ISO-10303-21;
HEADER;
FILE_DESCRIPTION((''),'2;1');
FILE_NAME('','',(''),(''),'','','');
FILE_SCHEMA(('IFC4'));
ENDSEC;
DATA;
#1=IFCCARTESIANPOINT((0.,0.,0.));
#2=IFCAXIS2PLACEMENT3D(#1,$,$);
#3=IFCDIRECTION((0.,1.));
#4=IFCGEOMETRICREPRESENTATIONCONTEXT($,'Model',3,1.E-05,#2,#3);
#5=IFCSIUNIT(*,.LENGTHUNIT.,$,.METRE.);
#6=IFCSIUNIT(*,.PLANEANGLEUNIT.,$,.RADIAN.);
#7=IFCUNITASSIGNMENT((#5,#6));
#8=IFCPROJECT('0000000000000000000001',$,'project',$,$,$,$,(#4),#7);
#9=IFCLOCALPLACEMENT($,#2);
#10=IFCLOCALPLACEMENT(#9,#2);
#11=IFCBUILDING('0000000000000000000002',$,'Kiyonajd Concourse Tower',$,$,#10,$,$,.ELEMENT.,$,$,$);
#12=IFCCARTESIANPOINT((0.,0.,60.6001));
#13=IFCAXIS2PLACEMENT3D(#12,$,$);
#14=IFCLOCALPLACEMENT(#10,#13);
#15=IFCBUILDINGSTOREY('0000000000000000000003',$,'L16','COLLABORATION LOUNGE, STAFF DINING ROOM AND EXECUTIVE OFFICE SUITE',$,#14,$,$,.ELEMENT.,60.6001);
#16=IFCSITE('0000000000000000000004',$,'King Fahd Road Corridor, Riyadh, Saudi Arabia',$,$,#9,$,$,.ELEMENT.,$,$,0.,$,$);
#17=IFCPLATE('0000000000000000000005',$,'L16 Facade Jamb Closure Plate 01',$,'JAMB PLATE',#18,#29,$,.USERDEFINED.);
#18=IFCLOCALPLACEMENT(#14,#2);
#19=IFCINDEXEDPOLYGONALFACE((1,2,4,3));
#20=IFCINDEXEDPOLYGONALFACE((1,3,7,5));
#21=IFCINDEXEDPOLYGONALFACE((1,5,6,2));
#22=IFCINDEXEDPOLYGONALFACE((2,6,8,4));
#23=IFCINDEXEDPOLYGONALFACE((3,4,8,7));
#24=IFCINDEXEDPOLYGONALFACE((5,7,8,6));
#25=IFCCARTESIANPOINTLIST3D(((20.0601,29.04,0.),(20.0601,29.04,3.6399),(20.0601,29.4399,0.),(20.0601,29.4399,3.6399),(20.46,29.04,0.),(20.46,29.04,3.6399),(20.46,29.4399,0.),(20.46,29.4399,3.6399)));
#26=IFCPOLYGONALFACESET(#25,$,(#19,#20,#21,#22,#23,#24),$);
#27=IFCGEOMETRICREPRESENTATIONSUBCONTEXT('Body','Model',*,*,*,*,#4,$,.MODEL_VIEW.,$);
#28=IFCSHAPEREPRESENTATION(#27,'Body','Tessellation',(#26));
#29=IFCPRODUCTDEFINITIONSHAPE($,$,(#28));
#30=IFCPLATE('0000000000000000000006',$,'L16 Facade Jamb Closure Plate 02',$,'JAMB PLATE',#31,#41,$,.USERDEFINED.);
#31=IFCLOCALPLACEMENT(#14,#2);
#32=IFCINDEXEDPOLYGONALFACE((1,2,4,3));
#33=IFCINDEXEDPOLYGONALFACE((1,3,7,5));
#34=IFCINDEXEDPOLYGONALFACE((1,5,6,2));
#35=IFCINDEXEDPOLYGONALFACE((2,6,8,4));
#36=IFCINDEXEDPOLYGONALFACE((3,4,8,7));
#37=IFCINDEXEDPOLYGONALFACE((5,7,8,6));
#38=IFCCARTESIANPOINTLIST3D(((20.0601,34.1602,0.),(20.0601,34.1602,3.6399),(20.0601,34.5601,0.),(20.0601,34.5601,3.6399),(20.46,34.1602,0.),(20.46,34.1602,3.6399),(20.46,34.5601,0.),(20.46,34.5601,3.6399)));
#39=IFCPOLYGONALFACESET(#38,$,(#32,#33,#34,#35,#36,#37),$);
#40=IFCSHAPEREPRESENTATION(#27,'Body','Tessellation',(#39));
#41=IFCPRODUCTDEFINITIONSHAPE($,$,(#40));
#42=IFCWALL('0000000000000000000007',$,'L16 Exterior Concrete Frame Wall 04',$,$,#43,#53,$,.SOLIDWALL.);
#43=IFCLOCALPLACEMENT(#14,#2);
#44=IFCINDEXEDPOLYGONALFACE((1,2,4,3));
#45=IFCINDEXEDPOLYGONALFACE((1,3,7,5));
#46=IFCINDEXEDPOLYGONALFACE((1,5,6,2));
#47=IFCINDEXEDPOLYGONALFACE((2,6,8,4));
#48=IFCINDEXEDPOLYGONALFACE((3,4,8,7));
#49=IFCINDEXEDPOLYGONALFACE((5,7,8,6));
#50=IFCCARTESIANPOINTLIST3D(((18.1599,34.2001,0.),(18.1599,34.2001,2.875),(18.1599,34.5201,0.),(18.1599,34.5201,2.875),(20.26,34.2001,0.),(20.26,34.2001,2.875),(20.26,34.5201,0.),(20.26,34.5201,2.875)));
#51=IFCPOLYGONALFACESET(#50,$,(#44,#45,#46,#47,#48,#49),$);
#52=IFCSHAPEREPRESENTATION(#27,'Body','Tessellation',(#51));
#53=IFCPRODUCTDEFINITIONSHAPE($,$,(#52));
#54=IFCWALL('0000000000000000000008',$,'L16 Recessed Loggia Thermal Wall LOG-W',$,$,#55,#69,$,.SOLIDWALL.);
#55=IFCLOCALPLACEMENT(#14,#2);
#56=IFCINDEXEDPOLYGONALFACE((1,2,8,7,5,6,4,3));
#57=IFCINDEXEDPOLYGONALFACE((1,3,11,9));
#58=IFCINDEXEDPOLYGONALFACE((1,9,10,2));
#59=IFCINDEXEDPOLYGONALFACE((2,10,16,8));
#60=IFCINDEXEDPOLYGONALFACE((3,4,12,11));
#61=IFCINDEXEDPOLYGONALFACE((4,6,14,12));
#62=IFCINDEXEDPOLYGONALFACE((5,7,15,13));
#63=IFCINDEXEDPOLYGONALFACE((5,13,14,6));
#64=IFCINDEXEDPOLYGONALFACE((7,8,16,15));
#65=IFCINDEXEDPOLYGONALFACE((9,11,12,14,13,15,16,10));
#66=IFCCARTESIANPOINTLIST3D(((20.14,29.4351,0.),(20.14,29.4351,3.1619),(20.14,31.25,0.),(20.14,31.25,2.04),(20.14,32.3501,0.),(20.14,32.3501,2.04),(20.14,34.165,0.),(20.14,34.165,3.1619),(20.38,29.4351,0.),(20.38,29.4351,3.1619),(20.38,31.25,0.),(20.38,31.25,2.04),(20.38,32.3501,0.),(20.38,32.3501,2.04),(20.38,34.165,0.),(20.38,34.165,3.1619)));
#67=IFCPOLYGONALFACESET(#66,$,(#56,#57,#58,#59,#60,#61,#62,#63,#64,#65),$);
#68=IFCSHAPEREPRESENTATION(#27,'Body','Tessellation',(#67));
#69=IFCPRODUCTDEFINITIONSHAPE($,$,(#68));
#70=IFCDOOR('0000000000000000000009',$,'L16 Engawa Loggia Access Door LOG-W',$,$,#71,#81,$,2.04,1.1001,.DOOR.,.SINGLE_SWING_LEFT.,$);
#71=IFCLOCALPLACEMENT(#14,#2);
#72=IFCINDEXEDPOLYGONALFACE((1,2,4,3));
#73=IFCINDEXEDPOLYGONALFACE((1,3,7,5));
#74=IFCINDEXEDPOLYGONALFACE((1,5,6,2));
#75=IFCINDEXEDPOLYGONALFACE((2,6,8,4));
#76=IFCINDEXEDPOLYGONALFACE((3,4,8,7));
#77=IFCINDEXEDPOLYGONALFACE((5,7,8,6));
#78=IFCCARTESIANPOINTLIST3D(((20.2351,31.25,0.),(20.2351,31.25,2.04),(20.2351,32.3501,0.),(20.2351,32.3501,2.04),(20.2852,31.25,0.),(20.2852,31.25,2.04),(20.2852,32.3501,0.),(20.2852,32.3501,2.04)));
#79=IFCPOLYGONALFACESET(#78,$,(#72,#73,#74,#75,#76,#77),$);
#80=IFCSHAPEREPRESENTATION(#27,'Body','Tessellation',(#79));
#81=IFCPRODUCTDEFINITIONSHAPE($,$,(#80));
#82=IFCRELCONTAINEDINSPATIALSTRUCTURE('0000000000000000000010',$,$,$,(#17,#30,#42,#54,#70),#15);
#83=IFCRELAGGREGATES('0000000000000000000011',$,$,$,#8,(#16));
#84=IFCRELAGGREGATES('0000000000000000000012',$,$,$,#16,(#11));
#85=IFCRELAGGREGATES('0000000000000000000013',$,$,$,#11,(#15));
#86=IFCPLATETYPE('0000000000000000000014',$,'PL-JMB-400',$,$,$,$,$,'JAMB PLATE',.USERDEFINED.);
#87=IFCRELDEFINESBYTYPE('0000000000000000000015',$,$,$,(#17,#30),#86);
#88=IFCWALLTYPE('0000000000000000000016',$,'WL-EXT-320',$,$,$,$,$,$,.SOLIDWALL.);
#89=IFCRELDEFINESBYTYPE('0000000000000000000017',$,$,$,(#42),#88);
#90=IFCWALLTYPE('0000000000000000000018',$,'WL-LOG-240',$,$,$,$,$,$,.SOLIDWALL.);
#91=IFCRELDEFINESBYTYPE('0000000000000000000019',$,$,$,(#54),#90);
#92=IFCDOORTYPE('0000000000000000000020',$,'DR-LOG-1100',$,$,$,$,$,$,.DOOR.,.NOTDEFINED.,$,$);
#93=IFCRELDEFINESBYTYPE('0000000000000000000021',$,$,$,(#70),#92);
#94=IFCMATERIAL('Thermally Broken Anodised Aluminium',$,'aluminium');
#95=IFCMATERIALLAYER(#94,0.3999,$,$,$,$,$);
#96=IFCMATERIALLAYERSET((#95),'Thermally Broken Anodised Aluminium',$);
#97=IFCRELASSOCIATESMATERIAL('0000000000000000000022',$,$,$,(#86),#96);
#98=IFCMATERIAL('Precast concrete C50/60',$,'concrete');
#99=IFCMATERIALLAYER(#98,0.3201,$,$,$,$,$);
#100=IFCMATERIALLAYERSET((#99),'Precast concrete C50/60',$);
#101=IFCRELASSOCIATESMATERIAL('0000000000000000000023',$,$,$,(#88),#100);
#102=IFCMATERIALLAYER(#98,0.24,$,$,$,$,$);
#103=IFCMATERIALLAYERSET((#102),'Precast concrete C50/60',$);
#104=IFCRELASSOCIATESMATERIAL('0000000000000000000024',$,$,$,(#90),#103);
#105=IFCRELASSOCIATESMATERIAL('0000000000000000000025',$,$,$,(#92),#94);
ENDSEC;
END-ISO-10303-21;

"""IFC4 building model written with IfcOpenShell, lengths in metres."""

from ifc_helpers import new_model, si_unit, direction, frame, frame_2d, origin, origin_2d, place, context, subcontext, project, spatial, rectangle, extrude, material, layer, layer_set, type_object, element, fill, save


model = new_model("IFC4")

# Units and contexts
model_context = context("Model", 3, precision=1e-05, world=origin(), true_north=direction((0.0, 1.0)))
body_context = subcontext(model_context, "Body", "Model", "MODEL_VIEW")
ifc_project = project(units=[si_unit("LENGTHUNIT", "METRE"), si_unit("PLANEANGLEUNIT", "RADIAN")], contexts=[model_context])

# Site, building, storey
site_placement = place(None, origin())
site = spatial("IfcSite", under=ifc_project, at=site_placement, Name="King Fahd Road Corridor, Riyadh, Saudi Arabia", CompositionType="ELEMENT", RefElevation=0.0)
building_placement = place(site_placement, origin())
building = spatial("IfcBuilding", under=site, at=building_placement, Name="Kiyonajd Concourse Tower", CompositionType="ELEMENT")
storey_placement = place(building_placement, frame((0.0, 0.0, 60.6001)))
storey = spatial("IfcBuildingStorey", under=building, at=storey_placement, Name="L16", Description="COLLABORATION LOUNGE, STAFF DINING ROOM AND EXECUTIVE OFFICE SUITE", CompositionType="ELEMENT", Elevation=60.6001)

# Shared definitions
ifc_material_1 = material(Name="Precast concrete C50/60", Category="concrete")

# Plates
ifc_material_2 = material(Name="Thermally Broken Anodised Aluminium", Category="aluminium")
ifc_layer_1 = layer(ifc_material_2, 0.3999)
ifc_layer_set_1 = layer_set([ifc_layer_1], Name="Thermally Broken Anodised Aluminium")
plate_type_1 = type_object("IfcPlateType", Name="PL-JMB-400", ElementType="JAMB PLATE", PredefinedType="USERDEFINED", material=ifc_layer_set_1)
for number, where, z_axis, x_axis, name in (
    (1, (20.26, 29.24, 0.0), (0.0, 0.0, 1.0), (1.0, 0.0, 0.0), "L16 Facade Jamb Closure Plate 01"),
    (2, (20.26, 34.3601, 0.0), (0.0, 0.0, 1.0), (1.0, 0.0, 0.0), "L16 Facade Jamb Closure Plate 02"),
):
    element("IfcPlate", number, at=place(storey_placement, frame(where, z_axis=z_axis, x_axis=x_axis)), inside=storey, type_object=plate_type_1, Name=name, ObjectType="JAMB PLATE", PredefinedType="USERDEFINED", context=body_context, shape_type="SweptSolid", body=[
        extrude(rectangle(XDim=0.3999, YDim=0.3999, at=origin_2d()), origin(), (0.0, 0.0, 1.0), 3.6399),
    ])

# Wall
ifc_layer_2 = layer(ifc_material_1, 0.3201)
ifc_layer_set_2 = layer_set([ifc_layer_2], Name="Precast concrete C50/60")
wall_type_1 = type_object("IfcWallType", Name="WL-EXT-320", PredefinedType="SOLIDWALL", material=ifc_layer_set_2)
wall_1_placement = place(storey_placement, frame((20.26, 34.3601, 0.0), z_axis=(0.0, 0.0, 1.0), x_axis=(-1.0, 0.0, 0.0)))
element("IfcWall", 3, at=wall_1_placement, inside=storey, type_object=wall_type_1, Name="L16 Exterior Concrete Frame Wall 04", PredefinedType="SOLIDWALL", context=body_context, shape_type="SweptSolid", body=[
    extrude(rectangle(XDim=2.1001, YDim=0.3201, at=frame_2d((1.05, 0.0))), origin(), (0.0, 0.0, 1.0), 2.875),
])

# Wall, opening, door
ifc_layer_3 = layer(ifc_material_1, 0.24)
ifc_layer_set_3 = layer_set([ifc_layer_3], Name="Precast concrete C50/60")
wall_type_2 = type_object("IfcWallType", Name="WL-LOG-240", PredefinedType="SOLIDWALL", material=ifc_layer_set_3)
wall_2_placement = place(storey_placement, frame((20.26, 29.4351, 0.0), z_axis=(0.0, 0.0, 1.0), x_axis=(0.0, 1.0, 0.0)))
wall_2 = element("IfcWall", 4, at=wall_2_placement, inside=storey, type_object=wall_type_2, Name="L16 Recessed Loggia Thermal Wall LOG-W", PredefinedType="SOLIDWALL", context=body_context, shape_type="SweptSolid", body=[
    extrude(rectangle(XDim=4.73, YDim=0.24, at=frame_2d((2.365, 0.0))), origin(), (0.0, 0.0, 1.0), 3.1619),
])
opening_1_placement = place(wall_2_placement, frame((1.8149, 0.0, 0.0)))
opening_1 = element("IfcOpeningElement", 5, at=opening_1_placement, cuts=wall_2, PredefinedType="OPENING", context=body_context, shape_type="SweptSolid", body=[
    extrude(rectangle(XDim=1.1001, YDim=2.04, at=frame_2d((0.55, 1.02))), frame((0.0, 0.1299, 0.0), z_axis=(0.0, -1.0, 0.0), x_axis=(1.0, 0.0, 0.0)), (0.0, 0.0, 1.0), 0.26),
])
door_type_1 = type_object("IfcDoorType", Name="DR-LOG-1100", OperationType="NOTDEFINED", PredefinedType="DOOR", material=ifc_material_2)
door_1_placement = place(opening_1_placement, origin())
door_1 = element("IfcDoor", 6, at=door_1_placement, inside=storey, type_object=door_type_1, Name="L16 Engawa Loggia Access Door LOG-W", OperationType="SINGLE_SWING_LEFT", OverallHeight=2.04, OverallWidth=1.1001, PredefinedType="DOOR", context=body_context, shape_type="SweptSolid", body=[
    extrude(rectangle(XDim=1.1001, YDim=2.04, at=frame_2d((0.55, 1.02))), frame((0.0, 0.0249, 0.0), z_axis=(0.0, -1.0, 0.0), x_axis=(1.0, 0.0, 0.0)), (0.0, 0.0, 1.0), 0.05),
])
fill(opening_1, door_1)

save(model, "model.ifc")
